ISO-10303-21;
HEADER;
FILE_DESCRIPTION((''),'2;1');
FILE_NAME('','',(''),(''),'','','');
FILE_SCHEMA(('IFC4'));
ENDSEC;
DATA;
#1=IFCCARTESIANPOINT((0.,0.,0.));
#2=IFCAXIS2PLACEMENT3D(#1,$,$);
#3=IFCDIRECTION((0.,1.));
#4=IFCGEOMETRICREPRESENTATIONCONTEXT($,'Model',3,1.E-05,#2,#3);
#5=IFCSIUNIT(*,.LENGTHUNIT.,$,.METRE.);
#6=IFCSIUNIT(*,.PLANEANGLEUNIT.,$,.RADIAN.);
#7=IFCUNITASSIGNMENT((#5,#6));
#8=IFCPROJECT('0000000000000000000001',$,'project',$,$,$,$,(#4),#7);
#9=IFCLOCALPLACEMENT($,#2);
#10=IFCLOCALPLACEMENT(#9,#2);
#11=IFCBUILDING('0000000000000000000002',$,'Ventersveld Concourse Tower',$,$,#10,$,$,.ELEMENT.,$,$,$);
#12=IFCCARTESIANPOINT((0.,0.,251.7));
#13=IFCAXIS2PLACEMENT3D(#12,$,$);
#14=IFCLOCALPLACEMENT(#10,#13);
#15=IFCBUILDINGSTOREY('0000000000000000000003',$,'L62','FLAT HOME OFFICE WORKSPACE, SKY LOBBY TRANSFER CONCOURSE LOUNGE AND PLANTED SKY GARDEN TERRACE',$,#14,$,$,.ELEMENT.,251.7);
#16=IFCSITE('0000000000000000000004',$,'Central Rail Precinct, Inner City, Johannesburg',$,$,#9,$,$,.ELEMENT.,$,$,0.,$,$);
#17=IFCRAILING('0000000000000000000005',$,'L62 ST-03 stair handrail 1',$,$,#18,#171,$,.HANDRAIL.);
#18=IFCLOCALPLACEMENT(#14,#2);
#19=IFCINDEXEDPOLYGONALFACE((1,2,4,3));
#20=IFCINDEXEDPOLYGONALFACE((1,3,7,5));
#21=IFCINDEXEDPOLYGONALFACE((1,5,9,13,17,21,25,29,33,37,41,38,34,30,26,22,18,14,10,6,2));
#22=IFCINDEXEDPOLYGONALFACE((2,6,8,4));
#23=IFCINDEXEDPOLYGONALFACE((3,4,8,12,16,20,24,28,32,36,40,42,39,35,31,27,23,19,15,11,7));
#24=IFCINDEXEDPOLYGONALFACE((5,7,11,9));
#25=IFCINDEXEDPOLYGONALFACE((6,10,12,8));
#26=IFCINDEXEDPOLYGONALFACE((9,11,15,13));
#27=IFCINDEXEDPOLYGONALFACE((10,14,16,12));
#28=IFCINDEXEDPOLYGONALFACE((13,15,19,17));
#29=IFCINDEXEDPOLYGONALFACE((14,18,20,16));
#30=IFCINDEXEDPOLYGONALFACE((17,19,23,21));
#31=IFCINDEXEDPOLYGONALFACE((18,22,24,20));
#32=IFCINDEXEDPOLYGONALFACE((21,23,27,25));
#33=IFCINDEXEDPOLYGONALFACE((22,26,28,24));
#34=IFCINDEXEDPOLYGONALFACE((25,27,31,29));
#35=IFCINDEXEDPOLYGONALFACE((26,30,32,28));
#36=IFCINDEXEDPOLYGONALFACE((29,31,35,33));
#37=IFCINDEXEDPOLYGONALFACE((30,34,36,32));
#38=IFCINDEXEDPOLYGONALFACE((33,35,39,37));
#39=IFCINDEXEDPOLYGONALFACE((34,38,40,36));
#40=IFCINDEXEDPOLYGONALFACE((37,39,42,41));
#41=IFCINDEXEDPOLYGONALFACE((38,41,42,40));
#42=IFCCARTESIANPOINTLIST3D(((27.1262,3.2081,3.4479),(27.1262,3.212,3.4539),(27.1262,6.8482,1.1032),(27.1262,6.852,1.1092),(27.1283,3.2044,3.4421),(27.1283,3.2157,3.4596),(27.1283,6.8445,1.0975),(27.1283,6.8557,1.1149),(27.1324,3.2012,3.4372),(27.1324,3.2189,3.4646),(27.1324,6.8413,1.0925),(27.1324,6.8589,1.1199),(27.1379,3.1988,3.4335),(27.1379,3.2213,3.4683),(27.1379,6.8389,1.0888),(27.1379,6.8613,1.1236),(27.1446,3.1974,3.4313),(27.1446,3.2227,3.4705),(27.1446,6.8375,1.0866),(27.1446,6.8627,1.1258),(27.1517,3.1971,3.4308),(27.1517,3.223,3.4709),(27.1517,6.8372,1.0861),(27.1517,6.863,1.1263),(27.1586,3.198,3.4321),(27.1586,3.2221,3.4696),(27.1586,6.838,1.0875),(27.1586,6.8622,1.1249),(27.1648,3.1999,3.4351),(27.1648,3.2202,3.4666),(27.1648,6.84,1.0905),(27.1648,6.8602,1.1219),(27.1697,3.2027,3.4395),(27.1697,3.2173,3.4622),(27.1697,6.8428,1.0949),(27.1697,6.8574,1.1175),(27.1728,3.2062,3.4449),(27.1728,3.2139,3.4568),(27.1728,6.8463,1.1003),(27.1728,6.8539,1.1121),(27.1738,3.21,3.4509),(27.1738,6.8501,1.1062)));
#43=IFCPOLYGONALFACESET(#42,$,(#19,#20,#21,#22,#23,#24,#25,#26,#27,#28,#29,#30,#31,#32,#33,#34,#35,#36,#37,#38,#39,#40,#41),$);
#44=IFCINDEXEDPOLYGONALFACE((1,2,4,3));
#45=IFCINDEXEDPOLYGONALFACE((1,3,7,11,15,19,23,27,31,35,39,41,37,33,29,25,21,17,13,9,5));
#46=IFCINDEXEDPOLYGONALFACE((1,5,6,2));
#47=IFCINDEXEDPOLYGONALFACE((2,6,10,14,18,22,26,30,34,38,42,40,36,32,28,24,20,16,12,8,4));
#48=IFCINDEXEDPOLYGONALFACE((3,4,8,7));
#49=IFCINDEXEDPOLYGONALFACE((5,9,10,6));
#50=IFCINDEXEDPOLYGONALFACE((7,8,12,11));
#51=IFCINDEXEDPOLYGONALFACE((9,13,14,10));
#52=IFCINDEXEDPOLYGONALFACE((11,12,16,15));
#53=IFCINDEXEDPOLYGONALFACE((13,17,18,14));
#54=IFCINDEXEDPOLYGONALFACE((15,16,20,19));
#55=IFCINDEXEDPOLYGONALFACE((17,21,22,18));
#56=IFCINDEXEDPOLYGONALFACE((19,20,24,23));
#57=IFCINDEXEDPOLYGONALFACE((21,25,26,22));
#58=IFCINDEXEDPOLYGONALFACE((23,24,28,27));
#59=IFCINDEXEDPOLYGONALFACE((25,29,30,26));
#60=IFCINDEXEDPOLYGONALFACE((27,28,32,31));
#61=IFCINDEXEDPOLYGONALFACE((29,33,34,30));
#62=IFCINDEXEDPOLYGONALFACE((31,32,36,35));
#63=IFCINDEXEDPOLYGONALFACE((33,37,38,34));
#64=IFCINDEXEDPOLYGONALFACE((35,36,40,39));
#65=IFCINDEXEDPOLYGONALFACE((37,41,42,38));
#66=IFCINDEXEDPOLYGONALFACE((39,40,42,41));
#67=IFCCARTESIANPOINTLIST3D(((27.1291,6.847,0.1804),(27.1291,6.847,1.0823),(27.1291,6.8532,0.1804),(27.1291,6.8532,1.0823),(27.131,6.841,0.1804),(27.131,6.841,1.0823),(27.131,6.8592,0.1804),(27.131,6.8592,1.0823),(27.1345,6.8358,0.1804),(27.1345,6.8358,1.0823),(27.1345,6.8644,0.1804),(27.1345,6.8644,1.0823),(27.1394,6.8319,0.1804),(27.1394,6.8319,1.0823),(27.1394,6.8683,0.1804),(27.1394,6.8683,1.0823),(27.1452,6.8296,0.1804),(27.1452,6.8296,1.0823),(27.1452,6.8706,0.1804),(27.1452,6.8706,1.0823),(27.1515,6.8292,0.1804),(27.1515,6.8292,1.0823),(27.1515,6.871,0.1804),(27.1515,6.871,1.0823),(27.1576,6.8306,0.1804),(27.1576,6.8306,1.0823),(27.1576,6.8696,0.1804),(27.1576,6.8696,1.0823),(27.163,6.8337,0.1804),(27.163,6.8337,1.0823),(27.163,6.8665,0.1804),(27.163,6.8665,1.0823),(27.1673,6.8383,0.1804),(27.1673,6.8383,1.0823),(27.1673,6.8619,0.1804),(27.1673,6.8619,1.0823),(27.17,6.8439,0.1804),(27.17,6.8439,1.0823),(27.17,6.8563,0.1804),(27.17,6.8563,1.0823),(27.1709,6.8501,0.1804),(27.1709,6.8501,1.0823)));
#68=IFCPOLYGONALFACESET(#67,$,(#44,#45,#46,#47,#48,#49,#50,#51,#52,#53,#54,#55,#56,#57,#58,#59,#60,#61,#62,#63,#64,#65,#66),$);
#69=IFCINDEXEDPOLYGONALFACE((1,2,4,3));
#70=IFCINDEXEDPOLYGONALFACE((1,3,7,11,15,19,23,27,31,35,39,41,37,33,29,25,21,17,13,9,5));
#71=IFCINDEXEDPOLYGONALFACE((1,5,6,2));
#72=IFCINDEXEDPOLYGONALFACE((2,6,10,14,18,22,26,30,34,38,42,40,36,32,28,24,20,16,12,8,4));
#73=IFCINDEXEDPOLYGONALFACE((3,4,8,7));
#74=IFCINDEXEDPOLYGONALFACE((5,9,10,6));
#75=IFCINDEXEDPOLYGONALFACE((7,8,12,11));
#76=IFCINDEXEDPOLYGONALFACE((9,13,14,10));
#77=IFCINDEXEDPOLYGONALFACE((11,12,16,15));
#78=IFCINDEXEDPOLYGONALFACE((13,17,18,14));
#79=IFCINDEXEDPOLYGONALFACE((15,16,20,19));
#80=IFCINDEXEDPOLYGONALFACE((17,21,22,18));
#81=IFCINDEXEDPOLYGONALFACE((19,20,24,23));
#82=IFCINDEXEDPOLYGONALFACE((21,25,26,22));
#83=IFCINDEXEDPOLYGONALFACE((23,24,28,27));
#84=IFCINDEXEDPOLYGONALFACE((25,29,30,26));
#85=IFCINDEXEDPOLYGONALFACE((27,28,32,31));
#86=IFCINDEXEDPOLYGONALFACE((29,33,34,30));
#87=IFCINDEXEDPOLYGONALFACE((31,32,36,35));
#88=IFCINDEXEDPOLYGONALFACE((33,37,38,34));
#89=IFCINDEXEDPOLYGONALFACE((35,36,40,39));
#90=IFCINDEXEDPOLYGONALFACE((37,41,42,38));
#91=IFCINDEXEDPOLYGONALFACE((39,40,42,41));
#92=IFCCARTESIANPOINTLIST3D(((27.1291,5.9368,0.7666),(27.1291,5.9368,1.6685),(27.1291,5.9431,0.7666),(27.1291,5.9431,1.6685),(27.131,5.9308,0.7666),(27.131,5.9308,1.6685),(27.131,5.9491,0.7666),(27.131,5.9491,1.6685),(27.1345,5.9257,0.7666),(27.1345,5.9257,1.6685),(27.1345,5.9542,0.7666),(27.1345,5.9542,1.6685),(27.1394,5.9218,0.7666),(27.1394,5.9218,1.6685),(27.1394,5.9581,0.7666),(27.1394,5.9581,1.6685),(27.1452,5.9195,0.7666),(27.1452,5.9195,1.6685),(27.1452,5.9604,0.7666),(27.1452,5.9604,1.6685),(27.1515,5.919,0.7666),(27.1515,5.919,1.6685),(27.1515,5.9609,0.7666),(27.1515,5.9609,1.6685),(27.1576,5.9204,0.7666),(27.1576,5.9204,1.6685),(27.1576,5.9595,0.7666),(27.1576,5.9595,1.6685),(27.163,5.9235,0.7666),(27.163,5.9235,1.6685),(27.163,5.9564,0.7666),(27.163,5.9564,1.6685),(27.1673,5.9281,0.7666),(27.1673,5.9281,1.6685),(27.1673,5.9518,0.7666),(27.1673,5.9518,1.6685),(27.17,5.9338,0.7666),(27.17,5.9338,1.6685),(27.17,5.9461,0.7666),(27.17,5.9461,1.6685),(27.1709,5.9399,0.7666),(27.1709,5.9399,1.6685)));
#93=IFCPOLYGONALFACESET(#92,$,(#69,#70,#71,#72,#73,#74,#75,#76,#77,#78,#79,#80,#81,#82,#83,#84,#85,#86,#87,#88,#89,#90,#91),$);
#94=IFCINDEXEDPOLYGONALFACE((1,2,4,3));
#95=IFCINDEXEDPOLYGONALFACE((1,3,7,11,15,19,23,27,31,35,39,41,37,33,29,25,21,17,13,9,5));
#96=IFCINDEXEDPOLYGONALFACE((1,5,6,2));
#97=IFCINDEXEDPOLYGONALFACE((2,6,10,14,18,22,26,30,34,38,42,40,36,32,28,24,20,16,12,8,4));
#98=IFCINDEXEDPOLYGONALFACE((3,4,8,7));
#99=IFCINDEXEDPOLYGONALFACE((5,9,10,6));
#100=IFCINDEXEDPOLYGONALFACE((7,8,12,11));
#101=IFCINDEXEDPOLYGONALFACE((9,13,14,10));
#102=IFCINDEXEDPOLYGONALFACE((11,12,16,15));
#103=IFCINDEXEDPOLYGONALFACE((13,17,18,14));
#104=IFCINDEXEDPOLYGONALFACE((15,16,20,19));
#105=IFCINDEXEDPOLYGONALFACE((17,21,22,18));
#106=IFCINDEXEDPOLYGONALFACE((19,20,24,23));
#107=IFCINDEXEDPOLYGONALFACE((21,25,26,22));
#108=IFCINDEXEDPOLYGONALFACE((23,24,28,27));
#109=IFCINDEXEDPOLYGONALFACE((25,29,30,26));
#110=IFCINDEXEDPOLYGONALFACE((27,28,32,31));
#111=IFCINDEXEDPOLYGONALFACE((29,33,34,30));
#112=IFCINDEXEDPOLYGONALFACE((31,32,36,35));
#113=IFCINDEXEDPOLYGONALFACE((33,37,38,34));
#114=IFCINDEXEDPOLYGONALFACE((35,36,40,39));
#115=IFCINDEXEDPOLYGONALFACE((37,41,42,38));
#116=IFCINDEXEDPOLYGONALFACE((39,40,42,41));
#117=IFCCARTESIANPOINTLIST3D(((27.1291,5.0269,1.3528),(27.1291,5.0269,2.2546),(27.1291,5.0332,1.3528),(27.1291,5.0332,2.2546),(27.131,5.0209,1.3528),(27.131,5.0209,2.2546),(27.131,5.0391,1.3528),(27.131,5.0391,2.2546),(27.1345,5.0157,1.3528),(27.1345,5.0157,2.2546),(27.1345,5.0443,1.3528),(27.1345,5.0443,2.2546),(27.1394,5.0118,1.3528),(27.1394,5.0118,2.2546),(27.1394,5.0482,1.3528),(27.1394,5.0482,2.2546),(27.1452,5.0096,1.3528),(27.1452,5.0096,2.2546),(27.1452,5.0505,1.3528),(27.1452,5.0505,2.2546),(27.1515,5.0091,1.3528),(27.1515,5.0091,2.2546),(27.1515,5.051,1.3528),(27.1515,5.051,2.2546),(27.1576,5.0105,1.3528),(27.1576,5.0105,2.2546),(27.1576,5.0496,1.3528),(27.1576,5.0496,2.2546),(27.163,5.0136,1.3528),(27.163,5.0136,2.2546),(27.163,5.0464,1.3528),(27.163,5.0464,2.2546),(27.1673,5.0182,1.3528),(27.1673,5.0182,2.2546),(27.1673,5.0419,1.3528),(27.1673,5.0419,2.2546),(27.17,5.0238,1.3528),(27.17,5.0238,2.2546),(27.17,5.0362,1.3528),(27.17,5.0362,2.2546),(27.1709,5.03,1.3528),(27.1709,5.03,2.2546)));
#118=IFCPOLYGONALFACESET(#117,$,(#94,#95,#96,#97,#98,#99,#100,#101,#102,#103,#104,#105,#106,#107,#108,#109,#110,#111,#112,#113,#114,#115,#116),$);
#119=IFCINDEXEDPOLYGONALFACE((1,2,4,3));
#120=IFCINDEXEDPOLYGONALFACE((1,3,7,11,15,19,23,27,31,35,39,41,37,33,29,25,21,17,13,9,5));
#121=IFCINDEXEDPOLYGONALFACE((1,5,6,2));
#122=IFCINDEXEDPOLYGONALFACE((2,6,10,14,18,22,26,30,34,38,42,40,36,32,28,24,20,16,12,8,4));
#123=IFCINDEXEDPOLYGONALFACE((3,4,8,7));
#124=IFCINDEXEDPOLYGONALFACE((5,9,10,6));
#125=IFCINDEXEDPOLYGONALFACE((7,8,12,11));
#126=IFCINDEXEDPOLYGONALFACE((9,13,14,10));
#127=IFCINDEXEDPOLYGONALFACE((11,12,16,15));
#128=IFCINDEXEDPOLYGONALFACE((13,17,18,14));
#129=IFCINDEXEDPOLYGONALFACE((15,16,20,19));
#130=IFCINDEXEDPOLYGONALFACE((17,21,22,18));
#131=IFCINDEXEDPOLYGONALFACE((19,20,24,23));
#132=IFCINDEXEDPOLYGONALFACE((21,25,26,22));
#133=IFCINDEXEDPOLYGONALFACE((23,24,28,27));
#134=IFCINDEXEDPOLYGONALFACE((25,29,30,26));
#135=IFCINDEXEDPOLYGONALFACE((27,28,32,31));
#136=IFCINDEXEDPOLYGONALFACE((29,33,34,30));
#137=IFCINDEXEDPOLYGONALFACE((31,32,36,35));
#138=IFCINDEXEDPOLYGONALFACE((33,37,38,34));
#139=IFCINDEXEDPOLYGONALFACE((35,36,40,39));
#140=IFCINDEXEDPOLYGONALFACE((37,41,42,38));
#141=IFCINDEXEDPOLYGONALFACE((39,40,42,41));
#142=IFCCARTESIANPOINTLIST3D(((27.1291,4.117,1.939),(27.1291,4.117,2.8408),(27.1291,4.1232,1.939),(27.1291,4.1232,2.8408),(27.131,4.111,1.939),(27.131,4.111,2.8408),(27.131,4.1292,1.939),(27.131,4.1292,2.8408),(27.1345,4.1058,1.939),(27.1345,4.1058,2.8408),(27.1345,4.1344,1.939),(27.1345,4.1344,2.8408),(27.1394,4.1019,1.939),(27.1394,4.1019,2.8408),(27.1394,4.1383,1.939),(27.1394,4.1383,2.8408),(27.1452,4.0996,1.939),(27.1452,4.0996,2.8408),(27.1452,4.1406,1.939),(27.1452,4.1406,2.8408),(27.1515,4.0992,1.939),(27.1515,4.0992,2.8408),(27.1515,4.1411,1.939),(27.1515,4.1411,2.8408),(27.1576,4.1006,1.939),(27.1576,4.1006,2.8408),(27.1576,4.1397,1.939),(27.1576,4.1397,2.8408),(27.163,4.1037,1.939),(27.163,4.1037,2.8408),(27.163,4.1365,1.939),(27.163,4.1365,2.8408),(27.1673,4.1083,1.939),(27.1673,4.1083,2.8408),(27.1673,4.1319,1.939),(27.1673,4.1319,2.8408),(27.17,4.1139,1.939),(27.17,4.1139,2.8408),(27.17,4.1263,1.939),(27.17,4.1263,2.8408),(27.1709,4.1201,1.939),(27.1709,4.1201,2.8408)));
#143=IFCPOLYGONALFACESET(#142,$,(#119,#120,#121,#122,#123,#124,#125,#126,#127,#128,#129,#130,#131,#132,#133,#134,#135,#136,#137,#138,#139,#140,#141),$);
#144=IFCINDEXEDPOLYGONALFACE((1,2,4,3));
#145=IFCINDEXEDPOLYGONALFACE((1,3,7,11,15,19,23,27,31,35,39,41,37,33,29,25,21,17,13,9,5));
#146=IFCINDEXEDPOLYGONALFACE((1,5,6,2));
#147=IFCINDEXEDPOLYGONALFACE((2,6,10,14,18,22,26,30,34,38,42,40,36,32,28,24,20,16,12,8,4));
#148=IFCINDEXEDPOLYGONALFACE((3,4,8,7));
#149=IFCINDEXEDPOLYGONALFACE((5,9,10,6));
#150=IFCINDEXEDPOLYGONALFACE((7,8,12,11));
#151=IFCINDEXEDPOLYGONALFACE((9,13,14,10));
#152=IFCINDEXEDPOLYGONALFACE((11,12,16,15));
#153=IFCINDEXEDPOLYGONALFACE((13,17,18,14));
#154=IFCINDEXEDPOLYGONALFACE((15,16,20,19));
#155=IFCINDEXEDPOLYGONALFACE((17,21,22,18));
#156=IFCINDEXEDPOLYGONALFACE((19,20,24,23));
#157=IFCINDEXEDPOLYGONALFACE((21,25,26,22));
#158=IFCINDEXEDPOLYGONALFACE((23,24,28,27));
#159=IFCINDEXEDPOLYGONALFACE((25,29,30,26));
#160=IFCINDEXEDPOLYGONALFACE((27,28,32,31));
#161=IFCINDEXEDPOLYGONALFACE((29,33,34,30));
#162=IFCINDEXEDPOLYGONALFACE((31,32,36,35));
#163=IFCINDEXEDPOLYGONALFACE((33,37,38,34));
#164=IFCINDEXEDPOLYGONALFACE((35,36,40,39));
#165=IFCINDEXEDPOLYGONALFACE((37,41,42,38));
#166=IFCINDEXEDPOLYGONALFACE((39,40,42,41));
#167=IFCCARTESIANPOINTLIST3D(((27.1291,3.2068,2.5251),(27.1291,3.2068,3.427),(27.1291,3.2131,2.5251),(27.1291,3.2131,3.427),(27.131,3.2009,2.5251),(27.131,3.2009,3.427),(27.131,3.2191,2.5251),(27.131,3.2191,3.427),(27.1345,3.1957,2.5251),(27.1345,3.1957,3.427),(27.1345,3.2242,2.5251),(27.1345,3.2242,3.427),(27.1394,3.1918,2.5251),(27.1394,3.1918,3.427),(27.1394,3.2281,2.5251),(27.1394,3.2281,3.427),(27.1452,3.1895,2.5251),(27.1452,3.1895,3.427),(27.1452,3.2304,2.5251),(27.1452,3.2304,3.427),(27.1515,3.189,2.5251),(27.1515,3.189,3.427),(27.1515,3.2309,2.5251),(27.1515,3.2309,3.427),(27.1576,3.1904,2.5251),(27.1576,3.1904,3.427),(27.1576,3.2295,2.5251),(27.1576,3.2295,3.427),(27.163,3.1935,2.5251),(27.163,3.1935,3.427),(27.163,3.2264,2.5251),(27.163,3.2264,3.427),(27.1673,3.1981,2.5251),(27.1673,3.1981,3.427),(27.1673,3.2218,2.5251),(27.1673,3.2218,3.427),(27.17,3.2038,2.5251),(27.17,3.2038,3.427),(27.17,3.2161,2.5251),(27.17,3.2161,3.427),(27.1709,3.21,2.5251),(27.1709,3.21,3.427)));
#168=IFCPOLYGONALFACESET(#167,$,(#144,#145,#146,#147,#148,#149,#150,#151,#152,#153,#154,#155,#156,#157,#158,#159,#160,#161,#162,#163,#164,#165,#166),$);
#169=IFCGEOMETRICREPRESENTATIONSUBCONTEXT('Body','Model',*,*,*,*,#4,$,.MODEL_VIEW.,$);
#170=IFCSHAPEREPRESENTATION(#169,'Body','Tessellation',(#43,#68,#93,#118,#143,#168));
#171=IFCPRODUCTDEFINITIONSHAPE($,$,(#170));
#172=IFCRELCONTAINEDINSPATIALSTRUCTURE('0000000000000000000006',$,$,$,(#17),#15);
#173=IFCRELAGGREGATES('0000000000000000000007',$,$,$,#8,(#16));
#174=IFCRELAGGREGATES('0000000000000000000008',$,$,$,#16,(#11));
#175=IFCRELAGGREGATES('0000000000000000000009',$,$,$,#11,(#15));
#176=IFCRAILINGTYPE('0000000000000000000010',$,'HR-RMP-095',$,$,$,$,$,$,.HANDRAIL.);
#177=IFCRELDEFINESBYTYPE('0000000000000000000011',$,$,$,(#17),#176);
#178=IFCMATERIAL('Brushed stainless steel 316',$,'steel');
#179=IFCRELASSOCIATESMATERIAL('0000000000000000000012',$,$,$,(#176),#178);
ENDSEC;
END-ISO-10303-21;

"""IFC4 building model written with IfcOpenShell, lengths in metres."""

from ifc_helpers import new_model, si_unit, direction, frame, origin, origin_2d, place, context, subcontext, project, spatial, circle, extrude, material, type_object, element, save


model = new_model("IFC4")

# Units and contexts
model_context = context("Model", 3, precision=1e-05, world=origin(), true_north=direction((0.0, 1.0)))
body_context = subcontext(model_context, "Body", "Model", "MODEL_VIEW")
ifc_project = project(units=[si_unit("LENGTHUNIT", "METRE"), si_unit("PLANEANGLEUNIT", "RADIAN")], contexts=[model_context])

# Site, building, storey
site_placement = place(None, origin())
site = spatial("IfcSite", under=ifc_project, at=site_placement, Name="Central Rail Precinct, Inner City, Johannesburg", CompositionType="ELEMENT", RefElevation=0.0)
building_placement = place(site_placement, origin())
building = spatial("IfcBuilding", under=site, at=building_placement, Name="Ventersveld Concourse Tower", CompositionType="ELEMENT")
storey_placement = place(building_placement, frame((0.0, 0.0, 251.7)))
storey = spatial("IfcBuildingStorey", under=building, at=storey_placement, Name="L62", Description="FLAT HOME OFFICE WORKSPACE, SKY LOBBY TRANSFER CONCOURSE LOUNGE AND PLANTED SKY GARDEN TERRACE", CompositionType="ELEMENT", Elevation=251.7)

# Shared definitions
ifc_material_1 = material(Name="Brushed stainless steel 316", Category="steel")

# Railing
railing_type_1 = type_object("IfcRailingType", Name="HR-RMP-095", PredefinedType="HANDRAIL", material=ifc_material_1)
railing_1_placement = place(storey_placement, frame((27.1499, 6.8501, 0.1804)))
element("IfcRailing", 1, at=railing_1_placement, inside=storey, type_object=railing_type_1, Name="L62 ST-03 stair handrail 1", PredefinedType="HANDRAIL", context=body_context, shape_type="SweptSolid", body=[
    extrude(circle(Radius=0.0239, at=origin_2d()), frame((0.0, 0.0, 0.9258), z_axis=(0.0, -0.840691, 0.541515), x_axis=(1.0, 0.0, 0.0)), (0.0, 0.0, 1.0), 4.3298),
    extrude(circle(Radius=0.021, at=origin_2d()), origin(), (0.0, 0.0, 1.0), 0.9019),
    extrude(circle(Radius=0.021, at=origin_2d()), frame((0.0, -0.9102, 0.5862)), (0.0, 0.0, 1.0), 0.9019),
    extrude(circle(Radius=0.021, at=origin_2d()), frame((0.0, -1.8201, 1.1724)), (0.0, 0.0, 1.0), 0.9019),
    extrude(circle(Radius=0.021, at=origin_2d()), frame((0.0, -2.73, 1.7585)), (0.0, 0.0, 1.0), 0.9019),
    extrude(circle(Radius=0.021, at=origin_2d()), frame((0.0, -3.6401, 2.3447)), (0.0, 0.0, 1.0), 0.9019),
])

save(model, "model.ifc")
